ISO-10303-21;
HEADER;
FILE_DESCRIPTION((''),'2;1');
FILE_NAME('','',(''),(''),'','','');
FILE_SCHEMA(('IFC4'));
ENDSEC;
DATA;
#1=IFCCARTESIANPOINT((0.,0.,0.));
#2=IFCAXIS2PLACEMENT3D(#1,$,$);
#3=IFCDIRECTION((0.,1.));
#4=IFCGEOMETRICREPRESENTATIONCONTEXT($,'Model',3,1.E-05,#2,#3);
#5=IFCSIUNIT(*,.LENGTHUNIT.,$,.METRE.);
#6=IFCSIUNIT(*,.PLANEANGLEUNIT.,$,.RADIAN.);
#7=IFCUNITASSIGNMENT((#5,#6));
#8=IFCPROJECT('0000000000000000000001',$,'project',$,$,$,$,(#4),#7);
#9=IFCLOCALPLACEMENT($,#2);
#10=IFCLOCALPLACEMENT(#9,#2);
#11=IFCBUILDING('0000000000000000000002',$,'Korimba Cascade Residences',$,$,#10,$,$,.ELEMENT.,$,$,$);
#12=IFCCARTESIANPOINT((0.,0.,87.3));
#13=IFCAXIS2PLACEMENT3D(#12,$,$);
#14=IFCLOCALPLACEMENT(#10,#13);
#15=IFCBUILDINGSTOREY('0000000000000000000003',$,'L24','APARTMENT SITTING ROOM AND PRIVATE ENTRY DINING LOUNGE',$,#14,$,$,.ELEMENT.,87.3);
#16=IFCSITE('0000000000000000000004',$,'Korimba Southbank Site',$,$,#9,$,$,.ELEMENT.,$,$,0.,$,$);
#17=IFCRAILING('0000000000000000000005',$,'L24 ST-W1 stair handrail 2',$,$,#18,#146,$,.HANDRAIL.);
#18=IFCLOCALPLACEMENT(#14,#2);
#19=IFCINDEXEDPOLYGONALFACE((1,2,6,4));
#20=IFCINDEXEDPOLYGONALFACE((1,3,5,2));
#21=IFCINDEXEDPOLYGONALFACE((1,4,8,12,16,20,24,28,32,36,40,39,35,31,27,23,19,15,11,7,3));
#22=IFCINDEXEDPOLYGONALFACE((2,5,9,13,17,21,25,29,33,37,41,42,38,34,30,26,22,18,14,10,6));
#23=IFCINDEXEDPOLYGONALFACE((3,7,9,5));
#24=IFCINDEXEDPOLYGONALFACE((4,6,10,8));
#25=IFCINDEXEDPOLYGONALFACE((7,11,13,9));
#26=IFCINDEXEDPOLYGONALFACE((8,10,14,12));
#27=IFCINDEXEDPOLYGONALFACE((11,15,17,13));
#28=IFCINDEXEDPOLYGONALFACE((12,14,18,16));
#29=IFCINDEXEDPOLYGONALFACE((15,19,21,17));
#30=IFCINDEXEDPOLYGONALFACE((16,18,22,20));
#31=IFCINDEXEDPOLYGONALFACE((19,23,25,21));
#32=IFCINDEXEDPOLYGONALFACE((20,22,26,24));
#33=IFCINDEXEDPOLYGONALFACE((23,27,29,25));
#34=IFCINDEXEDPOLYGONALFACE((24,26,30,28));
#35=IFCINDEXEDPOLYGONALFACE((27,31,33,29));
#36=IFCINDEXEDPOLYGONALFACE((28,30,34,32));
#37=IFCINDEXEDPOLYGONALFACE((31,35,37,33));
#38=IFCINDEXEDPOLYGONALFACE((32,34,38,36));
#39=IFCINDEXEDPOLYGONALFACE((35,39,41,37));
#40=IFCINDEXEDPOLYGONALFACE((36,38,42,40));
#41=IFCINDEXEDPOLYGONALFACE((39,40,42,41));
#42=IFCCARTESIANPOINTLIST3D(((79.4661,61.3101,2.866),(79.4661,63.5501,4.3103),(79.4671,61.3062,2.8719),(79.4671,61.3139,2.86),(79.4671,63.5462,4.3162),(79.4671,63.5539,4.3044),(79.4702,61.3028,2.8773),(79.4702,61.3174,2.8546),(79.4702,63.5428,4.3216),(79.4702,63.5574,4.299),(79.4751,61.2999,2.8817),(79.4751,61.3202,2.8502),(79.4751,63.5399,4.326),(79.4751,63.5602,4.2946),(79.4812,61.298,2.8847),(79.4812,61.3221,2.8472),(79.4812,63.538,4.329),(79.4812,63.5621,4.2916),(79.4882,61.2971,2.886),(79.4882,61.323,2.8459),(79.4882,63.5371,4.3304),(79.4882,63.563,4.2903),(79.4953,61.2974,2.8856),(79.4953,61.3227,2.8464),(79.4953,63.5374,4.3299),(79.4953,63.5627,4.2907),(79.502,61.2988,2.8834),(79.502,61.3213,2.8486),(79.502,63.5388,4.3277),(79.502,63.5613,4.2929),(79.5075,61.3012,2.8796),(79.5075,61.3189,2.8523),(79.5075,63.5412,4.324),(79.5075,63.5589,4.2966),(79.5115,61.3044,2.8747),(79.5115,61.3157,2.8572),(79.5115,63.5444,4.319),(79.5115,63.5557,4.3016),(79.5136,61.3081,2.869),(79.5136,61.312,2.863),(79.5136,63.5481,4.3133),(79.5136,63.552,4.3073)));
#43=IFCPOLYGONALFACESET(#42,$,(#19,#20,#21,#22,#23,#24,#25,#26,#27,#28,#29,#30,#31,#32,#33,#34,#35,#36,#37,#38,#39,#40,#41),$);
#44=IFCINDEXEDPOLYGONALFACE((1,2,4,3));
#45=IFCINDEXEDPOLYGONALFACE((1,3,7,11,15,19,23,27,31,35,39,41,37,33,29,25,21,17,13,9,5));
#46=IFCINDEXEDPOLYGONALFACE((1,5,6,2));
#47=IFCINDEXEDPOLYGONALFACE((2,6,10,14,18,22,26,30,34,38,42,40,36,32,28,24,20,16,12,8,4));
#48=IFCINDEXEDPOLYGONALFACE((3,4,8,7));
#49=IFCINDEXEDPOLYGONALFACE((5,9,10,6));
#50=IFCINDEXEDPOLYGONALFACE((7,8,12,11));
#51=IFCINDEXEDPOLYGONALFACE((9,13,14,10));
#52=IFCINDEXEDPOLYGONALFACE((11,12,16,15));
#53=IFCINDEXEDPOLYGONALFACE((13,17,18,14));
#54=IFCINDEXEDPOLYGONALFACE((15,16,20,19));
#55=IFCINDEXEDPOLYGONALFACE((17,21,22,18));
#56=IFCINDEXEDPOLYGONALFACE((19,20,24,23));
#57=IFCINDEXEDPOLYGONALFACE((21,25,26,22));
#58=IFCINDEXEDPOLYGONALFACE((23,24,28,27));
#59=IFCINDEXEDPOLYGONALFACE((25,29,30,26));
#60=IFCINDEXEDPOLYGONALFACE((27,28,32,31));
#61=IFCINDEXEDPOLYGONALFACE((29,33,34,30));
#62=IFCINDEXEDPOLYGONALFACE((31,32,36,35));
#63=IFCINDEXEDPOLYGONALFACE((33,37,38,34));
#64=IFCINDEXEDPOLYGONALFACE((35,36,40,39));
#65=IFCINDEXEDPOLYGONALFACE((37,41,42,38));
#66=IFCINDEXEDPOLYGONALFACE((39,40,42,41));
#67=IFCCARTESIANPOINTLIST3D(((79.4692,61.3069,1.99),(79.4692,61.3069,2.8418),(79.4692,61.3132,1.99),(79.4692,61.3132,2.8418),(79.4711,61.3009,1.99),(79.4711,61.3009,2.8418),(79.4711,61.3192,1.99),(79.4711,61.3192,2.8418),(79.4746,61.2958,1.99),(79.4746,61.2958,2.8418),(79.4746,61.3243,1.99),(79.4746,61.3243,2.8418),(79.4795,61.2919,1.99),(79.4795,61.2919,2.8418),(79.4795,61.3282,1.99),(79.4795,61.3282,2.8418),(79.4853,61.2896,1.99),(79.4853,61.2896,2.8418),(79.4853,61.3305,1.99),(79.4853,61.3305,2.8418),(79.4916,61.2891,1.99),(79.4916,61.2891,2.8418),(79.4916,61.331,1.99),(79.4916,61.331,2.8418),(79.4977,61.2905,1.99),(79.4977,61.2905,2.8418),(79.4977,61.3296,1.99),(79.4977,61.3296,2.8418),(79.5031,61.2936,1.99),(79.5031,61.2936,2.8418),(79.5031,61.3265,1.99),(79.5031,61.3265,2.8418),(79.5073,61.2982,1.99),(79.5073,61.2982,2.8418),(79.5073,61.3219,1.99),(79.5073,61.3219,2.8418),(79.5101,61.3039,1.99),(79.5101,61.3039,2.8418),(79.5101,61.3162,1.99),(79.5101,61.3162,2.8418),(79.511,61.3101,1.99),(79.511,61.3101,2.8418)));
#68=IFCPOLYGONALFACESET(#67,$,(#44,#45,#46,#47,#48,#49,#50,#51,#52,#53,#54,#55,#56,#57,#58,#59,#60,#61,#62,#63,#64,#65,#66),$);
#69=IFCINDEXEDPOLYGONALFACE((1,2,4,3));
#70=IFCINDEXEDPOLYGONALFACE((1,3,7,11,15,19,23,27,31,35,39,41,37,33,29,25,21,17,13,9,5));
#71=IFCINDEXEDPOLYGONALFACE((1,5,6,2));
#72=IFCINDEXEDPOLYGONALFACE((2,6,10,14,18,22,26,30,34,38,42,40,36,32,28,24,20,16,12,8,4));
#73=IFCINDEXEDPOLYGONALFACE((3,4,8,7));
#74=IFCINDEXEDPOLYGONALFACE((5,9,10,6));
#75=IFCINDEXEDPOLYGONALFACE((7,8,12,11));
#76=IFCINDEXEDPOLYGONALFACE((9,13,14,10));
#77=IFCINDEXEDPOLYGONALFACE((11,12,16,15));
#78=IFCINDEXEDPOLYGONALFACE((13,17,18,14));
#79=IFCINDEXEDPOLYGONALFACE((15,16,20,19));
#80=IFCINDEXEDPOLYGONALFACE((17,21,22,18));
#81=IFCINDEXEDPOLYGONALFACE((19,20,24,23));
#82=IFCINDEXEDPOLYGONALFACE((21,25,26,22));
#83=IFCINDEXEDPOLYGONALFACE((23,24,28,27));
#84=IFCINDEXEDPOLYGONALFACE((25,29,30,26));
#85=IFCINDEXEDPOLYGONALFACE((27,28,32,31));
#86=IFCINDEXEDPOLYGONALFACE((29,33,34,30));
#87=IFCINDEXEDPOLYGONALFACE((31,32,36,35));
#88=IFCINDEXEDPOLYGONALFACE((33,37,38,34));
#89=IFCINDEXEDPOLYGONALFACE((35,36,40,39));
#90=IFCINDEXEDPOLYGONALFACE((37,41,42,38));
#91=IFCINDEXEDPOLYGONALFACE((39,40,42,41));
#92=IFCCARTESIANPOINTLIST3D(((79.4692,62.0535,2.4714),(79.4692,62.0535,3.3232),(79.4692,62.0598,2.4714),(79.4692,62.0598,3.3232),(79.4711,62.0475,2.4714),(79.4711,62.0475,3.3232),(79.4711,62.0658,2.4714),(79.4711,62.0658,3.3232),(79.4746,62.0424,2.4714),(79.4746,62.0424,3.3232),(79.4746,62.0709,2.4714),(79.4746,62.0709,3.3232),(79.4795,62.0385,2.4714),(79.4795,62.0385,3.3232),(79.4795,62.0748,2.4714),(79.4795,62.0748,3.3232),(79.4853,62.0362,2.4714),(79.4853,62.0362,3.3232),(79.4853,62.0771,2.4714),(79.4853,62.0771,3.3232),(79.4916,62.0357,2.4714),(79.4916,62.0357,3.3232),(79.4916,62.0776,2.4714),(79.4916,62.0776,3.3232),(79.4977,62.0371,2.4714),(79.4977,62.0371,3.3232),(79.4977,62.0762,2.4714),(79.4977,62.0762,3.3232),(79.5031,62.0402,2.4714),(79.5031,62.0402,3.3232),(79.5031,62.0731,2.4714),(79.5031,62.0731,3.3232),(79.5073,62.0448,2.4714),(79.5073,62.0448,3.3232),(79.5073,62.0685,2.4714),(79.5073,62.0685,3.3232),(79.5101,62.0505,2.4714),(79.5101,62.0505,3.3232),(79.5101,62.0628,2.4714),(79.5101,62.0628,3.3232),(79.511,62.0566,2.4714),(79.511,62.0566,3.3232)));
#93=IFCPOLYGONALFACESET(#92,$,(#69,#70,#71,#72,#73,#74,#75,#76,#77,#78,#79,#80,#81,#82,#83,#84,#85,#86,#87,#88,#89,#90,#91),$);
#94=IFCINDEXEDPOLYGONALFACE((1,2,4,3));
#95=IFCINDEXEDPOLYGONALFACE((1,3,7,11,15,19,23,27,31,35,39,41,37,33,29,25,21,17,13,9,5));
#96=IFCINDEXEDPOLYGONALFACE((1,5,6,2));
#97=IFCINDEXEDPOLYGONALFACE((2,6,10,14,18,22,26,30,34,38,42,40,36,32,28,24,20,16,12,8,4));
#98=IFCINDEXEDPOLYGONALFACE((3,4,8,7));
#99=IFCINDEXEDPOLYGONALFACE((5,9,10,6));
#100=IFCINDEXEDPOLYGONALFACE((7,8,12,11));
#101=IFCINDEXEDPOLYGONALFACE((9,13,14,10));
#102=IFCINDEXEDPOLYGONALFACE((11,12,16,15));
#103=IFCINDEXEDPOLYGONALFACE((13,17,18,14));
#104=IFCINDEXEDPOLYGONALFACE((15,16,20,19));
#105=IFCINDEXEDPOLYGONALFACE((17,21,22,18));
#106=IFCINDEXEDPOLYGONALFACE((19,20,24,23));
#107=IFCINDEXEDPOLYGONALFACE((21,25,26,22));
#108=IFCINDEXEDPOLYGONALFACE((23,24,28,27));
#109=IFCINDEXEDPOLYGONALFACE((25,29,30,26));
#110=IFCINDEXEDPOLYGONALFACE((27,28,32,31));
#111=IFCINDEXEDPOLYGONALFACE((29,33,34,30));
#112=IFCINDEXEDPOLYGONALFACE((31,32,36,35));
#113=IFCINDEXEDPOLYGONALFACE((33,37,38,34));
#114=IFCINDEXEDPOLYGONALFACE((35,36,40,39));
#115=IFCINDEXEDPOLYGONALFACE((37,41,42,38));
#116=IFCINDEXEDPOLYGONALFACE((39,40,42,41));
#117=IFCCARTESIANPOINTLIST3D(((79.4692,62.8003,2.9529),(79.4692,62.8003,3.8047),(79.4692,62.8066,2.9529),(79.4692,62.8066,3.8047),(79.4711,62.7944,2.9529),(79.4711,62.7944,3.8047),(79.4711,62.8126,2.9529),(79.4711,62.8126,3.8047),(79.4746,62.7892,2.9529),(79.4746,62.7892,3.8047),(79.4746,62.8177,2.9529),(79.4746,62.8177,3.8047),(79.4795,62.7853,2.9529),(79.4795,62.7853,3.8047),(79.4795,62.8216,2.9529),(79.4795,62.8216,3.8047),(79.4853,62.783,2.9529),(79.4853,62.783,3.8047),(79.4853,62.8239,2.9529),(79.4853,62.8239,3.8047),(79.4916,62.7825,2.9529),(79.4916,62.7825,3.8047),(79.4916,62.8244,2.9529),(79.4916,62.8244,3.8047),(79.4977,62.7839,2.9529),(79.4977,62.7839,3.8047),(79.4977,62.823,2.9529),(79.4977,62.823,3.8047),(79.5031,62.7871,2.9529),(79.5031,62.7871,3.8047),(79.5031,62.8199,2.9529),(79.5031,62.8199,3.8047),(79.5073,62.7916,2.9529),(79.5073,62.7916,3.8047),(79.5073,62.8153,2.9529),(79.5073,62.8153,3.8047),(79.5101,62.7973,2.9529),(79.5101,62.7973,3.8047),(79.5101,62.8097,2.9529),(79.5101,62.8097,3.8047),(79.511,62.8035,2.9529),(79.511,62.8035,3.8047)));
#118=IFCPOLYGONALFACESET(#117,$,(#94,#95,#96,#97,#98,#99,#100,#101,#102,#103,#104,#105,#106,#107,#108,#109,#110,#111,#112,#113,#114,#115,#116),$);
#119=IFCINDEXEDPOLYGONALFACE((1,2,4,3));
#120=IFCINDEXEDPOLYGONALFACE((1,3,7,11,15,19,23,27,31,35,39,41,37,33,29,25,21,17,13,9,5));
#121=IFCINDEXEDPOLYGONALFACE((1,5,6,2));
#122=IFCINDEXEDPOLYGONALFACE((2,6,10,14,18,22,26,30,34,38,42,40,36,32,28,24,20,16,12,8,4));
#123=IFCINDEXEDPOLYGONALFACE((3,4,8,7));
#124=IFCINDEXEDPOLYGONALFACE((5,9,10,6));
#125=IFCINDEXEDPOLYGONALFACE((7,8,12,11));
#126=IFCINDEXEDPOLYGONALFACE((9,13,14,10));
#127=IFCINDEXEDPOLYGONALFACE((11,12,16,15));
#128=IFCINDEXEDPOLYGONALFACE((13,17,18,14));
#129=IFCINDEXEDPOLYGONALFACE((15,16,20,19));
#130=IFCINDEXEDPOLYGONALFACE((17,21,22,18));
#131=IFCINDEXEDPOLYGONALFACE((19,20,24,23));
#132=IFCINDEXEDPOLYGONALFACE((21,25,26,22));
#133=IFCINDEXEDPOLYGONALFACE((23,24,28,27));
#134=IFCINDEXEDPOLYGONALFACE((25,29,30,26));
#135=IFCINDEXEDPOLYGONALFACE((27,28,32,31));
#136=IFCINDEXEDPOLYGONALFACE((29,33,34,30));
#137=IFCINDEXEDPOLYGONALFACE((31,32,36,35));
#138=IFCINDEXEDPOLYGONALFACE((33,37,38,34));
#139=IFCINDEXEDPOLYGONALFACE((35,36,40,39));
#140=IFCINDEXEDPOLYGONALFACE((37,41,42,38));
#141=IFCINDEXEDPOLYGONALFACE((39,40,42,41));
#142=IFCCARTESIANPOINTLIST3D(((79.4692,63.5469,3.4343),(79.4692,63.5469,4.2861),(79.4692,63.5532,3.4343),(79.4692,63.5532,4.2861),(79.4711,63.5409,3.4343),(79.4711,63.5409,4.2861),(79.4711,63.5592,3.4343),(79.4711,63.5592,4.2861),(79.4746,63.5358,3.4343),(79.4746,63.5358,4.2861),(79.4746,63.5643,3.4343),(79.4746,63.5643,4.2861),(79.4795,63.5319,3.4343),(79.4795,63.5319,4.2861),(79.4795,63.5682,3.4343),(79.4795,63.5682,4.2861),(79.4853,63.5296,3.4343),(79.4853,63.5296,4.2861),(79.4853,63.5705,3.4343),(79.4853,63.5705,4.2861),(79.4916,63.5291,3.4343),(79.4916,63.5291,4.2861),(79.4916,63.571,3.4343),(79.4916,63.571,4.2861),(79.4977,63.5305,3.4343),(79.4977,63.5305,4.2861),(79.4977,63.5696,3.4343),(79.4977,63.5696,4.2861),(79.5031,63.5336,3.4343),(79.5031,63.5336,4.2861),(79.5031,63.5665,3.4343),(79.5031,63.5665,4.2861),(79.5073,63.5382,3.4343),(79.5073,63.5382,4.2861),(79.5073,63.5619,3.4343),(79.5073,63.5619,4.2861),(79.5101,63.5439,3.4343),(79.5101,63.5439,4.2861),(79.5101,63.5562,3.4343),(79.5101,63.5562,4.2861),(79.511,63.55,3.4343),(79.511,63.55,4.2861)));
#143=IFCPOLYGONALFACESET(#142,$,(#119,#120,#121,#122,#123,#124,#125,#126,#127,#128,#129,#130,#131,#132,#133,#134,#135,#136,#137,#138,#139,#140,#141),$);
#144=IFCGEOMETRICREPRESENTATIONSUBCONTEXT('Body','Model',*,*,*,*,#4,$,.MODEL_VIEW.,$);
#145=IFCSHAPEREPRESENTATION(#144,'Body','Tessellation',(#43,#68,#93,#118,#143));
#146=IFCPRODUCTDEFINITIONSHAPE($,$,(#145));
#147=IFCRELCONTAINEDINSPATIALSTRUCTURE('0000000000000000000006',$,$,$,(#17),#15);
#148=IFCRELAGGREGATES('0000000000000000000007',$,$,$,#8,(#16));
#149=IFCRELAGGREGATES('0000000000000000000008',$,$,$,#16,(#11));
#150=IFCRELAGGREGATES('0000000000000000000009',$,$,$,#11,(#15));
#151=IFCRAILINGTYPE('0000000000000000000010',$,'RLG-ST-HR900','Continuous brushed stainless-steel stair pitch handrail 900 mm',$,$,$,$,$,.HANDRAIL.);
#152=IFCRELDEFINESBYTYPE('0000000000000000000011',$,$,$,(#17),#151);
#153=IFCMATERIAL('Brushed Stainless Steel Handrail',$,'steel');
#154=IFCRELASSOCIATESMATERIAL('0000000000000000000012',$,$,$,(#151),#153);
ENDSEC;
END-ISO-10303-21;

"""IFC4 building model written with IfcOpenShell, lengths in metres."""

from ifc_helpers import new_model, si_unit, direction, frame, origin, origin_2d, place, context, subcontext, project, spatial, circle, extrude, material, type_object, element, save


model = new_model("IFC4")

# Units and contexts
model_context = context("Model", 3, precision=1e-05, world=origin(), true_north=direction((0.0, 1.0)))
body_context = subcontext(model_context, "Body", "Model", "MODEL_VIEW")
ifc_project = project(units=[si_unit("LENGTHUNIT", "METRE"), si_unit("PLANEANGLEUNIT", "RADIAN")], contexts=[model_context])

# Site, building, storey
site_placement = place(None, origin())
site = spatial("IfcSite", under=ifc_project, at=site_placement, Name="Korimba Southbank Site", CompositionType="ELEMENT", RefElevation=0.0)
building_placement = place(site_placement, origin())
building = spatial("IfcBuilding", under=site, at=building_placement, Name="Korimba Cascade Residences", CompositionType="ELEMENT")
storey_placement = place(building_placement, frame((0.0, 0.0, 87.3)))
storey = spatial("IfcBuildingStorey", under=building, at=storey_placement, Name="L24", Description="APARTMENT SITTING ROOM AND PRIVATE ENTRY DINING LOUNGE", CompositionType="ELEMENT", Elevation=87.3)

# Railing
ifc_material_1 = material(Name="Brushed Stainless Steel Handrail", Category="steel")
railing_type_1 = type_object("IfcRailingType", Name="RLG-ST-HR900", Description="Continuous brushed stainless-steel stair pitch handrail 900 mm", PredefinedType="HANDRAIL", material=ifc_material_1)
railing_1_placement = place(storey_placement, frame((79.49, 61.3101, 1.99)))
element("IfcRailing", 1, at=railing_1_placement, inside=storey, type_object=railing_type_1, Name="L24 ST-W1 stair handrail 2", PredefinedType="HANDRAIL", context=body_context, shape_type="SweptSolid", body=[
    extrude(circle(Radius=0.0239, at=origin_2d()), frame((0.0, 0.0, 0.876), z_axis=(0.0, 0.840437, 0.54191), x_axis=(-1.0, 0.0, 0.0)), (0.0, 0.0, 1.0), 2.6653),
    extrude(circle(Radius=0.021, at=origin_2d()), origin(), (0.0, 0.0, 1.0), 0.8518),
    extrude(circle(Radius=0.021, at=origin_2d()), frame((0.0, 0.7466, 0.4814)), (0.0, 0.0, 1.0), 0.8518),
    extrude(circle(Radius=0.021, at=origin_2d()), frame((0.0, 1.4934, 0.9629)), (0.0, 0.0, 1.0), 0.8518),
    extrude(circle(Radius=0.021, at=origin_2d()), frame((0.0, 2.24, 1.4443)), (0.0, 0.0, 1.0), 0.8518),
])

save(model, "model.ifc")
